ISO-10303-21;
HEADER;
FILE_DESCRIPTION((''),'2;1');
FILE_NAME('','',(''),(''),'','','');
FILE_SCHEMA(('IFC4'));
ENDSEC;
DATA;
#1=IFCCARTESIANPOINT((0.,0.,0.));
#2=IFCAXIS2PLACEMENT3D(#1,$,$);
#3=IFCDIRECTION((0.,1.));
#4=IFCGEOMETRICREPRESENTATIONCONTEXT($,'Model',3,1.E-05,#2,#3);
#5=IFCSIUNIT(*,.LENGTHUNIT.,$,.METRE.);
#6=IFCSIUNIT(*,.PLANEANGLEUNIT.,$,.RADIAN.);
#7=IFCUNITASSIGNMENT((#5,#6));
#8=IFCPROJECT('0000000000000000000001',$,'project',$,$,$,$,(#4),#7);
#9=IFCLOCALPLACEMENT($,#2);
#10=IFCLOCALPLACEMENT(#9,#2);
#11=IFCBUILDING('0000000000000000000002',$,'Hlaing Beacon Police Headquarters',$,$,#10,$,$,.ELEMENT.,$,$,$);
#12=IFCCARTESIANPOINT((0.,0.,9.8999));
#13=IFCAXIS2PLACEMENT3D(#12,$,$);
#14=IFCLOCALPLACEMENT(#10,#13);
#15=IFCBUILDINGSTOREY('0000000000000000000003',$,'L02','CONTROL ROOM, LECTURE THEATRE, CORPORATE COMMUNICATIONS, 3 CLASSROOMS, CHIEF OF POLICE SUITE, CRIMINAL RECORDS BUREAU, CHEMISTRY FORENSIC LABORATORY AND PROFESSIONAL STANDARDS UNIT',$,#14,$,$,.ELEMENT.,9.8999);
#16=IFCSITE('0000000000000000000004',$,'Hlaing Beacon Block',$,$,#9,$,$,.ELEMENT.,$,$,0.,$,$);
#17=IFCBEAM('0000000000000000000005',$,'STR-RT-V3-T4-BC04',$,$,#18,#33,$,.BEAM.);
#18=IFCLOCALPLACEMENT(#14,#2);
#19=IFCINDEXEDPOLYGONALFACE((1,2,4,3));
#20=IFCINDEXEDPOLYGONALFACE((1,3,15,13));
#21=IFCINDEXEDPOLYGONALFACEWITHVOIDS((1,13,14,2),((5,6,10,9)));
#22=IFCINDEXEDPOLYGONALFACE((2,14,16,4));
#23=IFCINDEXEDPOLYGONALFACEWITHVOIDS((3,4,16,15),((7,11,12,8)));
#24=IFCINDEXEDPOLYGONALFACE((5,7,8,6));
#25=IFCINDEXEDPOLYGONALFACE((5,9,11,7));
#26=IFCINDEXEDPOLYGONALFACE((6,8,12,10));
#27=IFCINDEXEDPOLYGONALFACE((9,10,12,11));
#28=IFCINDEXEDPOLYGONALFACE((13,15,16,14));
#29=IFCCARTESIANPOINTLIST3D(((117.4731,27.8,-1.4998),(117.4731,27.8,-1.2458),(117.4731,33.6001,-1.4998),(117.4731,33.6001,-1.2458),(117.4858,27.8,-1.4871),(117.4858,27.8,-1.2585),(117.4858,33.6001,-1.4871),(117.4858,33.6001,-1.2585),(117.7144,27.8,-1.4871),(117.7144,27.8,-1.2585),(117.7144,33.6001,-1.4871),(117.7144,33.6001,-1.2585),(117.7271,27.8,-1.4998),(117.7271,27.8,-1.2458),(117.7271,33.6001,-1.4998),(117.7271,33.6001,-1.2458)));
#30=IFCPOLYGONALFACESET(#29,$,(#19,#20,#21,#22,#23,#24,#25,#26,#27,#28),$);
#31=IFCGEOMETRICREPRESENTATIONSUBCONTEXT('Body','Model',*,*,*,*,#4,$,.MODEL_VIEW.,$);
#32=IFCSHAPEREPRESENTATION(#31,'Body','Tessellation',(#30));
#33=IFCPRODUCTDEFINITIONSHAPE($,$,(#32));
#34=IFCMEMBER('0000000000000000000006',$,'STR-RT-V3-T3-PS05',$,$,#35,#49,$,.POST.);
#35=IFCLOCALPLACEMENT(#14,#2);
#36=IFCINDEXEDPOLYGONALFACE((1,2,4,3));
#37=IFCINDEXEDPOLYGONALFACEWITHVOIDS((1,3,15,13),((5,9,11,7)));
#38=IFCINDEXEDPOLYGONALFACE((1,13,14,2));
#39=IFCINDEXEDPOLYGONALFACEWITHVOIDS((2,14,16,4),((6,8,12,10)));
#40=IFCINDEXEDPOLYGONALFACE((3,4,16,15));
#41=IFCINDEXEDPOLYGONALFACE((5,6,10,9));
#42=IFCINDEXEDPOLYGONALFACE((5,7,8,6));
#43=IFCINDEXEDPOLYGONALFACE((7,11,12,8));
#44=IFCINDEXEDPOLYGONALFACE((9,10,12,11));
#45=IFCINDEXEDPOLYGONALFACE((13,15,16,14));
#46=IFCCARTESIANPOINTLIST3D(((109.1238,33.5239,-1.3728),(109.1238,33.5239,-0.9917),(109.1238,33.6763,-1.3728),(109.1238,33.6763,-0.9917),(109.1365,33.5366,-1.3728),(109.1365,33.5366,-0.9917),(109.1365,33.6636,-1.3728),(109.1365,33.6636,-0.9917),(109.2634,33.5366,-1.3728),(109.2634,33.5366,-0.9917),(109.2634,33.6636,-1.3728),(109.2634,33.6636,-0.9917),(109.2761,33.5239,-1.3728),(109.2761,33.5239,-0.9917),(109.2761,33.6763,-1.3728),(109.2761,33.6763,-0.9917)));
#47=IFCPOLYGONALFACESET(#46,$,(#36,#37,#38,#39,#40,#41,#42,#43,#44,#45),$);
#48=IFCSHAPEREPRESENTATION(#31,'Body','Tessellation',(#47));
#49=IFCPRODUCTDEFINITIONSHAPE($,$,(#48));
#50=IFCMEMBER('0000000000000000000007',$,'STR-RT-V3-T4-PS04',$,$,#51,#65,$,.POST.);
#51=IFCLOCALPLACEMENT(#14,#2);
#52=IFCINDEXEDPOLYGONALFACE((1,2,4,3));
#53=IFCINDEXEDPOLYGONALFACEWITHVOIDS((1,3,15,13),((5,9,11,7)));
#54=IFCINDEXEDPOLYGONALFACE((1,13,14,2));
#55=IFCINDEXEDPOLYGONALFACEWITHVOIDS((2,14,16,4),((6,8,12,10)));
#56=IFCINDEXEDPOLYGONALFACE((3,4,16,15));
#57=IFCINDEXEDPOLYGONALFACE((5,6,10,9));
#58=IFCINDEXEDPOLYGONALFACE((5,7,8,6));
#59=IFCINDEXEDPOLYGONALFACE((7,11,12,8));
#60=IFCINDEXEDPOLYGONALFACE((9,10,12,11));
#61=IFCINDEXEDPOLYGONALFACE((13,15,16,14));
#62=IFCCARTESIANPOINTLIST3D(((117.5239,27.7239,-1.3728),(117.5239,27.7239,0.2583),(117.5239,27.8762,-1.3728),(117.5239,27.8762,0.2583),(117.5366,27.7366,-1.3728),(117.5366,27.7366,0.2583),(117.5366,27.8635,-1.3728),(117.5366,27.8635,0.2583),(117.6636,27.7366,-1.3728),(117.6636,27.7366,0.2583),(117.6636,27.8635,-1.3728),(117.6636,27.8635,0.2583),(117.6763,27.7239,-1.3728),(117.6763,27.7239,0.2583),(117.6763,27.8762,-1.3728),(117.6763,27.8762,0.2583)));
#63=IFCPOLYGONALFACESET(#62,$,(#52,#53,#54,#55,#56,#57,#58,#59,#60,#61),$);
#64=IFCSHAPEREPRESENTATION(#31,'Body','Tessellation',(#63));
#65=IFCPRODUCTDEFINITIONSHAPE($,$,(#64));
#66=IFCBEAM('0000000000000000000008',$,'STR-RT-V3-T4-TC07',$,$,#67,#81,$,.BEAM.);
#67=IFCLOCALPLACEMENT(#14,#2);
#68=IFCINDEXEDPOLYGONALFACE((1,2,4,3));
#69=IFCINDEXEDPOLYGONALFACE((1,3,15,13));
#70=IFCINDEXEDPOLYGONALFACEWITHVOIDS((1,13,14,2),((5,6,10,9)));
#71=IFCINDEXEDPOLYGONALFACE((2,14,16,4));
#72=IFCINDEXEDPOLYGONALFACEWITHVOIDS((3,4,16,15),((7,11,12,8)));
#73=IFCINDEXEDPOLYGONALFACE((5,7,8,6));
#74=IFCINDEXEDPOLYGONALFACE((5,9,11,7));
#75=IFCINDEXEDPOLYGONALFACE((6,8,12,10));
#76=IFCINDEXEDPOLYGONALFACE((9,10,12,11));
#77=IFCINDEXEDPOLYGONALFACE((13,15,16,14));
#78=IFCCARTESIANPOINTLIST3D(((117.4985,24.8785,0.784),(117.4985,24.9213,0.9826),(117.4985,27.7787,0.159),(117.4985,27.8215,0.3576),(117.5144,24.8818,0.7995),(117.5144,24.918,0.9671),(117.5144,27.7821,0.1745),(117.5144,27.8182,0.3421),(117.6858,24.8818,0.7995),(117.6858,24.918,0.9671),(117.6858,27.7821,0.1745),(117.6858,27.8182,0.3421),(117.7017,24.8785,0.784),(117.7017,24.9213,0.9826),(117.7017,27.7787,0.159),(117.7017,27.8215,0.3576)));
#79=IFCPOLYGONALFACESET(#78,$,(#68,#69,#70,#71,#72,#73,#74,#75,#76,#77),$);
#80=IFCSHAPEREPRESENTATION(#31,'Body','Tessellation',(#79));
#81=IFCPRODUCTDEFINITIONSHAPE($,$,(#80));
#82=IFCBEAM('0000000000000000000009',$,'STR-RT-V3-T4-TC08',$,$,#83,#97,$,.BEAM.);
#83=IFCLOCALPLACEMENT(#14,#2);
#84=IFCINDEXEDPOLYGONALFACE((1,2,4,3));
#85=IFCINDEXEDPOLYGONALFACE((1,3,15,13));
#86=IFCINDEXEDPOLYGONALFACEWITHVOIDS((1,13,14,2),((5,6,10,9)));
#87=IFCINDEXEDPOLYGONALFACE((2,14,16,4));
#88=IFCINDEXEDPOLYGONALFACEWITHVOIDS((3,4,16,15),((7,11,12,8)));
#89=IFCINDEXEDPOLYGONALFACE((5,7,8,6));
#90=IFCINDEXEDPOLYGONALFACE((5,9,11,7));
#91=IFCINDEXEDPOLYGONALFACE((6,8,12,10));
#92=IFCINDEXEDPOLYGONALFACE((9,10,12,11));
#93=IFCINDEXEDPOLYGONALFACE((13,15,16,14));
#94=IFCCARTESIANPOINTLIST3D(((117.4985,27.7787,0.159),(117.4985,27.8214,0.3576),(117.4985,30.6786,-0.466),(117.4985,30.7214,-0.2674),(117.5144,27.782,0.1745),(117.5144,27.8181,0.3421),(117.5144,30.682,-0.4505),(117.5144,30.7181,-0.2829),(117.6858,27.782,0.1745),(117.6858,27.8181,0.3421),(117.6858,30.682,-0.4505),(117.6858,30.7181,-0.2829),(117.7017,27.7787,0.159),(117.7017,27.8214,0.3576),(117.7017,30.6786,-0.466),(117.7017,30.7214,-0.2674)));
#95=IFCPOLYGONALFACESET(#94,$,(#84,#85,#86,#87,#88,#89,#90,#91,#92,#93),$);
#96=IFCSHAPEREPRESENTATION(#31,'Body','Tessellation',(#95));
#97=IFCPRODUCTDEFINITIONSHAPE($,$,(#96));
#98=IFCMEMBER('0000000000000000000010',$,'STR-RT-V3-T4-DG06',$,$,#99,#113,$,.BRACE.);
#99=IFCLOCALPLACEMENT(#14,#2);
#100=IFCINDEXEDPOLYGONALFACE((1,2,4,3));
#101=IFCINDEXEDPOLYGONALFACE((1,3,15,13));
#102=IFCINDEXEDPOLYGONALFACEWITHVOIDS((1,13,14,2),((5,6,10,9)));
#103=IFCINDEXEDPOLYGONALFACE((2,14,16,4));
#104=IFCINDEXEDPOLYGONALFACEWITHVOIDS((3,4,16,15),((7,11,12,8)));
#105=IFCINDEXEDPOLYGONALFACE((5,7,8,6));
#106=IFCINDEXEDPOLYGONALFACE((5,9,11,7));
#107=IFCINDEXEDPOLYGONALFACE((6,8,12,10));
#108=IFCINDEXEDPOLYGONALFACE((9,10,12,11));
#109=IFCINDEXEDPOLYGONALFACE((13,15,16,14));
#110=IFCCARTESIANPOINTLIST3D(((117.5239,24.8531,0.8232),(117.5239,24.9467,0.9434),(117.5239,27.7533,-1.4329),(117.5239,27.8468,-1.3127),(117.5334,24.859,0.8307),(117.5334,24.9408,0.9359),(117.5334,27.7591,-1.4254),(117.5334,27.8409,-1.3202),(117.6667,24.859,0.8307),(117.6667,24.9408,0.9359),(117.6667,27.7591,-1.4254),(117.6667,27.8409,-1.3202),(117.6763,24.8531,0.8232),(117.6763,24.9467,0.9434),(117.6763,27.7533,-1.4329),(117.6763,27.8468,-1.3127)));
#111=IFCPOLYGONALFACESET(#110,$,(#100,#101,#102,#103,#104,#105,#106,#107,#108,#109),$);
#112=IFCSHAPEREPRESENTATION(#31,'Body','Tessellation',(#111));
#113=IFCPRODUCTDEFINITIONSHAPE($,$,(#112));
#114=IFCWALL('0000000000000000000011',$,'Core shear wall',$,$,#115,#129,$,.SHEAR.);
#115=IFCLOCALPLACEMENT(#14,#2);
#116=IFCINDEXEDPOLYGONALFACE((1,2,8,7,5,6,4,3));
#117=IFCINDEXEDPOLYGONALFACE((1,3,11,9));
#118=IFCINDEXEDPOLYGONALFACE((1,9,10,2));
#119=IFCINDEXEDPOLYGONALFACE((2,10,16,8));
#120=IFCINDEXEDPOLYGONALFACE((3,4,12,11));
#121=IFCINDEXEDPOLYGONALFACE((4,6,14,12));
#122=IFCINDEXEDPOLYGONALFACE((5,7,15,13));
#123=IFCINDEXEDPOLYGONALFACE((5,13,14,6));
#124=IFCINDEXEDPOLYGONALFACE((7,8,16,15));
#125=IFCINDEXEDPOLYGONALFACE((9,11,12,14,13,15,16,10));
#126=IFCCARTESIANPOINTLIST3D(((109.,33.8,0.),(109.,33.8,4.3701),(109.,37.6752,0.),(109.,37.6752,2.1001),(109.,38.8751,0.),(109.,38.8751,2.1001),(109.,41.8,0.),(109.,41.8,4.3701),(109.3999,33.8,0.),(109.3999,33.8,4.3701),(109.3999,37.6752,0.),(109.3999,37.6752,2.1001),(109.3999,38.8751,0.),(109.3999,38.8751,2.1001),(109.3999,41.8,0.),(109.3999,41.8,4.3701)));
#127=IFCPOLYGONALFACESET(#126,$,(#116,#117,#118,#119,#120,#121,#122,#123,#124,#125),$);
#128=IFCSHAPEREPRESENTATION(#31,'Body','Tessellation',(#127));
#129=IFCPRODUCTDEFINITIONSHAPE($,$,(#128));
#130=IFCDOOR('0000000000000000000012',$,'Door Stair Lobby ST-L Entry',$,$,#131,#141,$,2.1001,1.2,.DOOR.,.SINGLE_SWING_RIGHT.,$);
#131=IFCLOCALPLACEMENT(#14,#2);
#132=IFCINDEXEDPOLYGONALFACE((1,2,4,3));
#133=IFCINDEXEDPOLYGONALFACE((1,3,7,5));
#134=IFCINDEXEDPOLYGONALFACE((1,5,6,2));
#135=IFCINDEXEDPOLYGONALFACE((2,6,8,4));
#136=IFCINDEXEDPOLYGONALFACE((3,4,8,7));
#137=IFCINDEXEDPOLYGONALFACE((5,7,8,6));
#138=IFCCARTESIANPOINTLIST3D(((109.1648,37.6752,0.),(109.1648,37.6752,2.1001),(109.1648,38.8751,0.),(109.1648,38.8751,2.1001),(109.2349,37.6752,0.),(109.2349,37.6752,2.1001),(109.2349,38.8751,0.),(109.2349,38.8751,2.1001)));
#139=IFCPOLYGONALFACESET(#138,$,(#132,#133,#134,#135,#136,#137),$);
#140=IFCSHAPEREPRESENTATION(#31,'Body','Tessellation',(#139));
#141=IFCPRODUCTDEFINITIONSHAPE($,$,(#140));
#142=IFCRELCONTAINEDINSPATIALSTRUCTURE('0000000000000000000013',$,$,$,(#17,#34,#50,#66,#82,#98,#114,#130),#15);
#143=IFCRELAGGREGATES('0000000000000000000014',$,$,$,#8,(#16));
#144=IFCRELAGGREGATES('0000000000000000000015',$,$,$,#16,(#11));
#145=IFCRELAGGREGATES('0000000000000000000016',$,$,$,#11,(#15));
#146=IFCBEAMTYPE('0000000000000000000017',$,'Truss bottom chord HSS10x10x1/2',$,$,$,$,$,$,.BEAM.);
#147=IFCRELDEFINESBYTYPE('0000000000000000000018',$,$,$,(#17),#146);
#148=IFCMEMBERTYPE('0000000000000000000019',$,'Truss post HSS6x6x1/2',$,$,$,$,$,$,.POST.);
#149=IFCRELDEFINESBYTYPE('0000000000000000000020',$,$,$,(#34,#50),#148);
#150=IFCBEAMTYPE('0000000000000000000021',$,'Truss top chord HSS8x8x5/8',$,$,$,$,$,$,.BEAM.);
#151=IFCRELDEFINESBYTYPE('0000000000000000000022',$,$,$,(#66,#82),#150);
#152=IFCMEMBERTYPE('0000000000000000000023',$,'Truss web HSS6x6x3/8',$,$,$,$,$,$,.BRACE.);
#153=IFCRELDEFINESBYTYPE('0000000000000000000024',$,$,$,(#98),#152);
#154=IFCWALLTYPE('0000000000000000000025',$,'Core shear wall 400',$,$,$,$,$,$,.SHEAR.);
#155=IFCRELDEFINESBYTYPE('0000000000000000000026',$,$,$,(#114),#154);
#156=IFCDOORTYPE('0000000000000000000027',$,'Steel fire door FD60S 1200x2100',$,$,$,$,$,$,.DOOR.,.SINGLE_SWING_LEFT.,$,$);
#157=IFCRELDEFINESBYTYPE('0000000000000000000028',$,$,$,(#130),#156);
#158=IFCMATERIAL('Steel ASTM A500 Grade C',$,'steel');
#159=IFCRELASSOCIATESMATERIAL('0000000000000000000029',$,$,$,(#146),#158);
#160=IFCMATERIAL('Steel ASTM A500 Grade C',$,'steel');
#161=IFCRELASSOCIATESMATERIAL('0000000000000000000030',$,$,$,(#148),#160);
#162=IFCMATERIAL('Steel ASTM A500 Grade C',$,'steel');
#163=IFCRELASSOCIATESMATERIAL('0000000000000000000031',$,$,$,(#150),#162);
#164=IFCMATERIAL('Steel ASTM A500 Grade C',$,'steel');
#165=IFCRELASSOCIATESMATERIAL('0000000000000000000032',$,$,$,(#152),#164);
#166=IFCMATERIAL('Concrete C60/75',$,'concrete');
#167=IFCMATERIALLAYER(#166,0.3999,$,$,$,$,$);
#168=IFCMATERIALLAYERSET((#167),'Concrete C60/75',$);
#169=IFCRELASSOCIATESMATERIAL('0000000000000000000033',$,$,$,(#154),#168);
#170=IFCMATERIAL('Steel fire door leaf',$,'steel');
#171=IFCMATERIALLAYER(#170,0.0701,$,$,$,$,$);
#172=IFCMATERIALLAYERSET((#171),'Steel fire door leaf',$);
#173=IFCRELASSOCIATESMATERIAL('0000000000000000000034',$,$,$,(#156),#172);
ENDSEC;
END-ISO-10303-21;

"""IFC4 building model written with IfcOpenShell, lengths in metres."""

from ifc_helpers import new_model, si_unit, direction, frame, frame_2d, origin, origin_2d, place, context, subcontext, project, spatial, rectangle, hollow_rectangle, extrude, material, layer, layer_set, material_profile, profile_set, type_object, element, fill, save


model = new_model("IFC4")

# Units and contexts
model_context = context("Model", 3, precision=1e-05, world=origin(), true_north=direction((0.0, 1.0)))
body_context = subcontext(model_context, "Body", "Model", "MODEL_VIEW")
ifc_project = project(units=[si_unit("LENGTHUNIT", "METRE"), si_unit("PLANEANGLEUNIT", "RADIAN")], contexts=[model_context])

# Site, building, storey
site_placement = place(None, origin())
site = spatial("IfcSite", under=ifc_project, at=site_placement, Name="Hlaing Beacon Block", CompositionType="ELEMENT", RefElevation=0.0)
building_placement = place(site_placement, origin())
building = spatial("IfcBuilding", under=site, at=building_placement, Name="Hlaing Beacon Police Headquarters", CompositionType="ELEMENT")
storey_placement = place(building_placement, frame((0.0, 0.0, 9.8999)))
storey = spatial("IfcBuildingStorey", under=building, at=storey_placement, Name="L02", Description="CONTROL ROOM, LECTURE THEATRE, CORPORATE COMMUNICATIONS, 3 CLASSROOMS, CHIEF OF POLICE SUITE, CRIMINAL RECORDS BUREAU, CHEMISTRY FORENSIC LABORATORY AND PROFESSIONAL STANDARDS UNIT", CompositionType="ELEMENT", Elevation=9.8999)

# Beam
ifc_material_1 = material(Name="Steel ASTM A500 Grade C", Category="steel")
ifc_material_profile_1 = material_profile(ifc_material_1, hollow_rectangle(XDim=0.2539, YDim=0.2539, WallThickness=0.0127, at=origin_2d()), Name="HSS10x10x1/2")
ifc_profile_set_1 = profile_set([ifc_material_profile_1], Name="Steel ASTM A500 Grade C")
beam_type_1 = type_object("IfcBeamType", Name="Truss bottom chord HSS10x10x1/2", PredefinedType="BEAM", material=ifc_profile_set_1)
beam_1_placement = place(storey_placement, frame((117.6001, 27.8, -1.3728), z_axis=(0.0, 1.0, 0.0), x_axis=(-1.0, 0.0, 0.0)))
element("IfcBeam", 1, at=beam_1_placement, inside=storey, type_object=beam_type_1, Name="STR-RT-V3-T4-BC04", PredefinedType="BEAM", context=body_context, shape_type="SweptSolid", body=[
    extrude(hollow_rectangle(XDim=0.2539, YDim=0.2539, WallThickness=0.0127, at=origin_2d()), origin(), (0.0, 0.0, 1.0), 5.8),
])

# Members
ifc_material_2 = material(Name="Steel ASTM A500 Grade C", Category="steel")
ifc_material_profile_2 = material_profile(ifc_material_2, hollow_rectangle(XDim=0.1523, YDim=0.1523, WallThickness=0.0127, at=origin_2d()), Name="HSS6x6x1/2")
ifc_profile_set_2 = profile_set([ifc_material_profile_2], Name="Steel ASTM A500 Grade C")
member_type_1 = type_object("IfcMemberType", Name="Truss post HSS6x6x1/2", PredefinedType="POST", material=ifc_profile_set_2)
member_1_placement = place(storey_placement, frame((109.2, 33.6001, -1.3728), z_axis=(0.0, 0.0, 1.0), x_axis=(1.0, 0.0, 0.0)))
element("IfcMember", 2, at=member_1_placement, inside=storey, type_object=member_type_1, Name="STR-RT-V3-T3-PS05", PredefinedType="POST", context=body_context, shape_type="SweptSolid", body=[
    extrude(hollow_rectangle(XDim=0.1523, YDim=0.1523, WallThickness=0.0127, at=origin_2d()), origin(), (0.0, 0.0, 1.0), 0.3811),
])
member_2_placement = place(storey_placement, frame((117.6001, 27.8, -1.3728), z_axis=(0.0, 0.0, 1.0), x_axis=(1.0, 0.0, 0.0)))
element("IfcMember", 3, at=member_2_placement, inside=storey, type_object=member_type_1, Name="STR-RT-V3-T4-PS04", PredefinedType="POST", context=body_context, shape_type="SweptSolid", body=[
    extrude(hollow_rectangle(XDim=0.1523, YDim=0.1523, WallThickness=0.0127, at=origin_2d()), origin(), (0.0, 0.0, 1.0), 1.6311),
])

# Beams
ifc_material_3 = material(Name="Steel ASTM A500 Grade C", Category="steel")
ifc_material_profile_3 = material_profile(ifc_material_3, hollow_rectangle(XDim=0.2031, YDim=0.2031, WallThickness=0.0159, at=origin_2d()), Name="HSS8x8x5/8")
ifc_profile_set_3 = profile_set([ifc_material_profile_3], Name="Steel ASTM A500 Grade C")
beam_type_2 = type_object("IfcBeamType", Name="Truss top chord HSS8x8x5/8", PredefinedType="BEAM", material=ifc_profile_set_3)
beam_2_placement = place(storey_placement, frame((117.6001, 24.8999, 0.8833), z_axis=(0.0, 0.977557, -0.21067), x_axis=(-1.0, 0.0, 0.0)))
element("IfcBeam", 4, at=beam_2_placement, inside=storey, type_object=beam_type_2, Name="STR-RT-V3-T4-TC07", PredefinedType="BEAM", context=body_context, shape_type="SweptSolid", body=[
    extrude(hollow_rectangle(XDim=0.2031, YDim=0.2031, WallThickness=0.0159, at=origin_2d()), origin(), (0.0, 0.0, 1.0), 2.9668),
])
beam_3_placement = place(storey_placement, frame((117.6001, 27.8, 0.2583), z_axis=(0.0, 0.977554, -0.210687), x_axis=(-1.0, 0.0, 0.0)))
element("IfcBeam", 5, at=beam_3_placement, inside=storey, type_object=beam_type_2, Name="STR-RT-V3-T4-TC08", PredefinedType="BEAM", context=body_context, shape_type="SweptSolid", body=[
    extrude(hollow_rectangle(XDim=0.2031, YDim=0.2031, WallThickness=0.0159, at=origin_2d()), origin(), (0.0, 0.0, 1.0), 2.9666),
])

# Member
ifc_material_4 = material(Name="Steel ASTM A500 Grade C", Category="steel")
ifc_material_profile_4 = material_profile(ifc_material_4, hollow_rectangle(XDim=0.1523, YDim=0.1523, WallThickness=0.0095, at=origin_2d()), Name="HSS6x6x3/8")
ifc_profile_set_4 = profile_set([ifc_material_profile_4], Name="Steel ASTM A500 Grade C")
member_type_2 = type_object("IfcMemberType", Name="Truss web HSS6x6x3/8", PredefinedType="BRACE", material=ifc_profile_set_4)
member_3_placement = place(storey_placement, frame((117.6001, 24.8999, 0.8833), z_axis=(0.0, 0.789295, -0.614014), x_axis=(-1.0, 0.0, 0.0)))
element("IfcMember", 6, at=member_3_placement, inside=storey, type_object=member_type_2, Name="STR-RT-V3-T4-DG06", PredefinedType="BRACE", context=body_context, shape_type="SweptSolid", body=[
    extrude(hollow_rectangle(XDim=0.1523, YDim=0.1523, WallThickness=0.0095, at=origin_2d()), origin(), (0.0, 0.0, 1.0), 3.6743),
])

# Wall, opening, door
ifc_material_5 = material(Name="Concrete C60/75", Category="concrete")
ifc_layer_1 = layer(ifc_material_5, 0.3999)
ifc_layer_set_1 = layer_set([ifc_layer_1], Name="Concrete C60/75")
wall_type = type_object("IfcWallType", Name="Core shear wall 400", PredefinedType="SHEAR", material=ifc_layer_set_1)
wall_placement = place(storey_placement, frame((109.2, 33.8, 0.0), z_axis=(0.0, 0.0, 1.0), x_axis=(0.0, 1.0, 0.0)))
wall = element("IfcWall", 7, at=wall_placement, inside=storey, type_object=wall_type, Name="Core shear wall", PredefinedType="SHEAR", context=body_context, shape_type="SweptSolid", body=[
    extrude(rectangle(XDim=8.0, YDim=0.3999, at=frame_2d((4.0, 0.0))), origin(), (0.0, 0.0, 1.0), 4.3701),
])
opening_placement = place(wall_placement, frame((3.875, 0.0, 0.0)))
opening = element("IfcOpeningElement", 8, at=opening_placement, cuts=wall, PredefinedType="OPENING", context=body_context, shape_type="SweptSolid", body=[
    extrude(rectangle(XDim=1.2, YDim=2.1001, at=frame_2d((0.6001, 1.05))), frame((0.0, 0.21, 0.0), z_axis=(0.0, -1.0, 0.0), x_axis=(1.0, 0.0, 0.0)), (0.0, 0.0, 1.0), 0.4199),
])
ifc_material_6 = material(Name="Steel fire door leaf", Category="steel")
ifc_layer_2 = layer(ifc_material_6, 0.0701)
ifc_layer_set_2 = layer_set([ifc_layer_2], Name="Steel fire door leaf")
door_type = type_object("IfcDoorType", Name="Steel fire door FD60S 1200x2100", OperationType="SINGLE_SWING_LEFT", PredefinedType="DOOR", material=ifc_layer_set_2)
door_placement = place(opening_placement, frame((1.2, 0.0, 0.0), z_axis=(0.0, 0.0, 1.0), x_axis=(-1.0, 0.0, 0.0)))
door = element("IfcDoor", 9, at=door_placement, inside=storey, type_object=door_type, Name="Door Stair Lobby ST-L Entry", OperationType="SINGLE_SWING_RIGHT", OverallHeight=2.1001, OverallWidth=1.2, PredefinedType="DOOR", context=body_context, shape_type="SweptSolid", body=[
    extrude(rectangle(XDim=1.2, YDim=2.1001, at=frame_2d((0.5999, 1.05))), frame((0.0, 0.0349, 0.0), z_axis=(0.0, -1.0, 0.0), x_axis=(1.0, 0.0, 0.0)), (0.0, 0.0, 1.0), 0.0701),
])
fill(opening, door)

save(model, "model.ifc")
